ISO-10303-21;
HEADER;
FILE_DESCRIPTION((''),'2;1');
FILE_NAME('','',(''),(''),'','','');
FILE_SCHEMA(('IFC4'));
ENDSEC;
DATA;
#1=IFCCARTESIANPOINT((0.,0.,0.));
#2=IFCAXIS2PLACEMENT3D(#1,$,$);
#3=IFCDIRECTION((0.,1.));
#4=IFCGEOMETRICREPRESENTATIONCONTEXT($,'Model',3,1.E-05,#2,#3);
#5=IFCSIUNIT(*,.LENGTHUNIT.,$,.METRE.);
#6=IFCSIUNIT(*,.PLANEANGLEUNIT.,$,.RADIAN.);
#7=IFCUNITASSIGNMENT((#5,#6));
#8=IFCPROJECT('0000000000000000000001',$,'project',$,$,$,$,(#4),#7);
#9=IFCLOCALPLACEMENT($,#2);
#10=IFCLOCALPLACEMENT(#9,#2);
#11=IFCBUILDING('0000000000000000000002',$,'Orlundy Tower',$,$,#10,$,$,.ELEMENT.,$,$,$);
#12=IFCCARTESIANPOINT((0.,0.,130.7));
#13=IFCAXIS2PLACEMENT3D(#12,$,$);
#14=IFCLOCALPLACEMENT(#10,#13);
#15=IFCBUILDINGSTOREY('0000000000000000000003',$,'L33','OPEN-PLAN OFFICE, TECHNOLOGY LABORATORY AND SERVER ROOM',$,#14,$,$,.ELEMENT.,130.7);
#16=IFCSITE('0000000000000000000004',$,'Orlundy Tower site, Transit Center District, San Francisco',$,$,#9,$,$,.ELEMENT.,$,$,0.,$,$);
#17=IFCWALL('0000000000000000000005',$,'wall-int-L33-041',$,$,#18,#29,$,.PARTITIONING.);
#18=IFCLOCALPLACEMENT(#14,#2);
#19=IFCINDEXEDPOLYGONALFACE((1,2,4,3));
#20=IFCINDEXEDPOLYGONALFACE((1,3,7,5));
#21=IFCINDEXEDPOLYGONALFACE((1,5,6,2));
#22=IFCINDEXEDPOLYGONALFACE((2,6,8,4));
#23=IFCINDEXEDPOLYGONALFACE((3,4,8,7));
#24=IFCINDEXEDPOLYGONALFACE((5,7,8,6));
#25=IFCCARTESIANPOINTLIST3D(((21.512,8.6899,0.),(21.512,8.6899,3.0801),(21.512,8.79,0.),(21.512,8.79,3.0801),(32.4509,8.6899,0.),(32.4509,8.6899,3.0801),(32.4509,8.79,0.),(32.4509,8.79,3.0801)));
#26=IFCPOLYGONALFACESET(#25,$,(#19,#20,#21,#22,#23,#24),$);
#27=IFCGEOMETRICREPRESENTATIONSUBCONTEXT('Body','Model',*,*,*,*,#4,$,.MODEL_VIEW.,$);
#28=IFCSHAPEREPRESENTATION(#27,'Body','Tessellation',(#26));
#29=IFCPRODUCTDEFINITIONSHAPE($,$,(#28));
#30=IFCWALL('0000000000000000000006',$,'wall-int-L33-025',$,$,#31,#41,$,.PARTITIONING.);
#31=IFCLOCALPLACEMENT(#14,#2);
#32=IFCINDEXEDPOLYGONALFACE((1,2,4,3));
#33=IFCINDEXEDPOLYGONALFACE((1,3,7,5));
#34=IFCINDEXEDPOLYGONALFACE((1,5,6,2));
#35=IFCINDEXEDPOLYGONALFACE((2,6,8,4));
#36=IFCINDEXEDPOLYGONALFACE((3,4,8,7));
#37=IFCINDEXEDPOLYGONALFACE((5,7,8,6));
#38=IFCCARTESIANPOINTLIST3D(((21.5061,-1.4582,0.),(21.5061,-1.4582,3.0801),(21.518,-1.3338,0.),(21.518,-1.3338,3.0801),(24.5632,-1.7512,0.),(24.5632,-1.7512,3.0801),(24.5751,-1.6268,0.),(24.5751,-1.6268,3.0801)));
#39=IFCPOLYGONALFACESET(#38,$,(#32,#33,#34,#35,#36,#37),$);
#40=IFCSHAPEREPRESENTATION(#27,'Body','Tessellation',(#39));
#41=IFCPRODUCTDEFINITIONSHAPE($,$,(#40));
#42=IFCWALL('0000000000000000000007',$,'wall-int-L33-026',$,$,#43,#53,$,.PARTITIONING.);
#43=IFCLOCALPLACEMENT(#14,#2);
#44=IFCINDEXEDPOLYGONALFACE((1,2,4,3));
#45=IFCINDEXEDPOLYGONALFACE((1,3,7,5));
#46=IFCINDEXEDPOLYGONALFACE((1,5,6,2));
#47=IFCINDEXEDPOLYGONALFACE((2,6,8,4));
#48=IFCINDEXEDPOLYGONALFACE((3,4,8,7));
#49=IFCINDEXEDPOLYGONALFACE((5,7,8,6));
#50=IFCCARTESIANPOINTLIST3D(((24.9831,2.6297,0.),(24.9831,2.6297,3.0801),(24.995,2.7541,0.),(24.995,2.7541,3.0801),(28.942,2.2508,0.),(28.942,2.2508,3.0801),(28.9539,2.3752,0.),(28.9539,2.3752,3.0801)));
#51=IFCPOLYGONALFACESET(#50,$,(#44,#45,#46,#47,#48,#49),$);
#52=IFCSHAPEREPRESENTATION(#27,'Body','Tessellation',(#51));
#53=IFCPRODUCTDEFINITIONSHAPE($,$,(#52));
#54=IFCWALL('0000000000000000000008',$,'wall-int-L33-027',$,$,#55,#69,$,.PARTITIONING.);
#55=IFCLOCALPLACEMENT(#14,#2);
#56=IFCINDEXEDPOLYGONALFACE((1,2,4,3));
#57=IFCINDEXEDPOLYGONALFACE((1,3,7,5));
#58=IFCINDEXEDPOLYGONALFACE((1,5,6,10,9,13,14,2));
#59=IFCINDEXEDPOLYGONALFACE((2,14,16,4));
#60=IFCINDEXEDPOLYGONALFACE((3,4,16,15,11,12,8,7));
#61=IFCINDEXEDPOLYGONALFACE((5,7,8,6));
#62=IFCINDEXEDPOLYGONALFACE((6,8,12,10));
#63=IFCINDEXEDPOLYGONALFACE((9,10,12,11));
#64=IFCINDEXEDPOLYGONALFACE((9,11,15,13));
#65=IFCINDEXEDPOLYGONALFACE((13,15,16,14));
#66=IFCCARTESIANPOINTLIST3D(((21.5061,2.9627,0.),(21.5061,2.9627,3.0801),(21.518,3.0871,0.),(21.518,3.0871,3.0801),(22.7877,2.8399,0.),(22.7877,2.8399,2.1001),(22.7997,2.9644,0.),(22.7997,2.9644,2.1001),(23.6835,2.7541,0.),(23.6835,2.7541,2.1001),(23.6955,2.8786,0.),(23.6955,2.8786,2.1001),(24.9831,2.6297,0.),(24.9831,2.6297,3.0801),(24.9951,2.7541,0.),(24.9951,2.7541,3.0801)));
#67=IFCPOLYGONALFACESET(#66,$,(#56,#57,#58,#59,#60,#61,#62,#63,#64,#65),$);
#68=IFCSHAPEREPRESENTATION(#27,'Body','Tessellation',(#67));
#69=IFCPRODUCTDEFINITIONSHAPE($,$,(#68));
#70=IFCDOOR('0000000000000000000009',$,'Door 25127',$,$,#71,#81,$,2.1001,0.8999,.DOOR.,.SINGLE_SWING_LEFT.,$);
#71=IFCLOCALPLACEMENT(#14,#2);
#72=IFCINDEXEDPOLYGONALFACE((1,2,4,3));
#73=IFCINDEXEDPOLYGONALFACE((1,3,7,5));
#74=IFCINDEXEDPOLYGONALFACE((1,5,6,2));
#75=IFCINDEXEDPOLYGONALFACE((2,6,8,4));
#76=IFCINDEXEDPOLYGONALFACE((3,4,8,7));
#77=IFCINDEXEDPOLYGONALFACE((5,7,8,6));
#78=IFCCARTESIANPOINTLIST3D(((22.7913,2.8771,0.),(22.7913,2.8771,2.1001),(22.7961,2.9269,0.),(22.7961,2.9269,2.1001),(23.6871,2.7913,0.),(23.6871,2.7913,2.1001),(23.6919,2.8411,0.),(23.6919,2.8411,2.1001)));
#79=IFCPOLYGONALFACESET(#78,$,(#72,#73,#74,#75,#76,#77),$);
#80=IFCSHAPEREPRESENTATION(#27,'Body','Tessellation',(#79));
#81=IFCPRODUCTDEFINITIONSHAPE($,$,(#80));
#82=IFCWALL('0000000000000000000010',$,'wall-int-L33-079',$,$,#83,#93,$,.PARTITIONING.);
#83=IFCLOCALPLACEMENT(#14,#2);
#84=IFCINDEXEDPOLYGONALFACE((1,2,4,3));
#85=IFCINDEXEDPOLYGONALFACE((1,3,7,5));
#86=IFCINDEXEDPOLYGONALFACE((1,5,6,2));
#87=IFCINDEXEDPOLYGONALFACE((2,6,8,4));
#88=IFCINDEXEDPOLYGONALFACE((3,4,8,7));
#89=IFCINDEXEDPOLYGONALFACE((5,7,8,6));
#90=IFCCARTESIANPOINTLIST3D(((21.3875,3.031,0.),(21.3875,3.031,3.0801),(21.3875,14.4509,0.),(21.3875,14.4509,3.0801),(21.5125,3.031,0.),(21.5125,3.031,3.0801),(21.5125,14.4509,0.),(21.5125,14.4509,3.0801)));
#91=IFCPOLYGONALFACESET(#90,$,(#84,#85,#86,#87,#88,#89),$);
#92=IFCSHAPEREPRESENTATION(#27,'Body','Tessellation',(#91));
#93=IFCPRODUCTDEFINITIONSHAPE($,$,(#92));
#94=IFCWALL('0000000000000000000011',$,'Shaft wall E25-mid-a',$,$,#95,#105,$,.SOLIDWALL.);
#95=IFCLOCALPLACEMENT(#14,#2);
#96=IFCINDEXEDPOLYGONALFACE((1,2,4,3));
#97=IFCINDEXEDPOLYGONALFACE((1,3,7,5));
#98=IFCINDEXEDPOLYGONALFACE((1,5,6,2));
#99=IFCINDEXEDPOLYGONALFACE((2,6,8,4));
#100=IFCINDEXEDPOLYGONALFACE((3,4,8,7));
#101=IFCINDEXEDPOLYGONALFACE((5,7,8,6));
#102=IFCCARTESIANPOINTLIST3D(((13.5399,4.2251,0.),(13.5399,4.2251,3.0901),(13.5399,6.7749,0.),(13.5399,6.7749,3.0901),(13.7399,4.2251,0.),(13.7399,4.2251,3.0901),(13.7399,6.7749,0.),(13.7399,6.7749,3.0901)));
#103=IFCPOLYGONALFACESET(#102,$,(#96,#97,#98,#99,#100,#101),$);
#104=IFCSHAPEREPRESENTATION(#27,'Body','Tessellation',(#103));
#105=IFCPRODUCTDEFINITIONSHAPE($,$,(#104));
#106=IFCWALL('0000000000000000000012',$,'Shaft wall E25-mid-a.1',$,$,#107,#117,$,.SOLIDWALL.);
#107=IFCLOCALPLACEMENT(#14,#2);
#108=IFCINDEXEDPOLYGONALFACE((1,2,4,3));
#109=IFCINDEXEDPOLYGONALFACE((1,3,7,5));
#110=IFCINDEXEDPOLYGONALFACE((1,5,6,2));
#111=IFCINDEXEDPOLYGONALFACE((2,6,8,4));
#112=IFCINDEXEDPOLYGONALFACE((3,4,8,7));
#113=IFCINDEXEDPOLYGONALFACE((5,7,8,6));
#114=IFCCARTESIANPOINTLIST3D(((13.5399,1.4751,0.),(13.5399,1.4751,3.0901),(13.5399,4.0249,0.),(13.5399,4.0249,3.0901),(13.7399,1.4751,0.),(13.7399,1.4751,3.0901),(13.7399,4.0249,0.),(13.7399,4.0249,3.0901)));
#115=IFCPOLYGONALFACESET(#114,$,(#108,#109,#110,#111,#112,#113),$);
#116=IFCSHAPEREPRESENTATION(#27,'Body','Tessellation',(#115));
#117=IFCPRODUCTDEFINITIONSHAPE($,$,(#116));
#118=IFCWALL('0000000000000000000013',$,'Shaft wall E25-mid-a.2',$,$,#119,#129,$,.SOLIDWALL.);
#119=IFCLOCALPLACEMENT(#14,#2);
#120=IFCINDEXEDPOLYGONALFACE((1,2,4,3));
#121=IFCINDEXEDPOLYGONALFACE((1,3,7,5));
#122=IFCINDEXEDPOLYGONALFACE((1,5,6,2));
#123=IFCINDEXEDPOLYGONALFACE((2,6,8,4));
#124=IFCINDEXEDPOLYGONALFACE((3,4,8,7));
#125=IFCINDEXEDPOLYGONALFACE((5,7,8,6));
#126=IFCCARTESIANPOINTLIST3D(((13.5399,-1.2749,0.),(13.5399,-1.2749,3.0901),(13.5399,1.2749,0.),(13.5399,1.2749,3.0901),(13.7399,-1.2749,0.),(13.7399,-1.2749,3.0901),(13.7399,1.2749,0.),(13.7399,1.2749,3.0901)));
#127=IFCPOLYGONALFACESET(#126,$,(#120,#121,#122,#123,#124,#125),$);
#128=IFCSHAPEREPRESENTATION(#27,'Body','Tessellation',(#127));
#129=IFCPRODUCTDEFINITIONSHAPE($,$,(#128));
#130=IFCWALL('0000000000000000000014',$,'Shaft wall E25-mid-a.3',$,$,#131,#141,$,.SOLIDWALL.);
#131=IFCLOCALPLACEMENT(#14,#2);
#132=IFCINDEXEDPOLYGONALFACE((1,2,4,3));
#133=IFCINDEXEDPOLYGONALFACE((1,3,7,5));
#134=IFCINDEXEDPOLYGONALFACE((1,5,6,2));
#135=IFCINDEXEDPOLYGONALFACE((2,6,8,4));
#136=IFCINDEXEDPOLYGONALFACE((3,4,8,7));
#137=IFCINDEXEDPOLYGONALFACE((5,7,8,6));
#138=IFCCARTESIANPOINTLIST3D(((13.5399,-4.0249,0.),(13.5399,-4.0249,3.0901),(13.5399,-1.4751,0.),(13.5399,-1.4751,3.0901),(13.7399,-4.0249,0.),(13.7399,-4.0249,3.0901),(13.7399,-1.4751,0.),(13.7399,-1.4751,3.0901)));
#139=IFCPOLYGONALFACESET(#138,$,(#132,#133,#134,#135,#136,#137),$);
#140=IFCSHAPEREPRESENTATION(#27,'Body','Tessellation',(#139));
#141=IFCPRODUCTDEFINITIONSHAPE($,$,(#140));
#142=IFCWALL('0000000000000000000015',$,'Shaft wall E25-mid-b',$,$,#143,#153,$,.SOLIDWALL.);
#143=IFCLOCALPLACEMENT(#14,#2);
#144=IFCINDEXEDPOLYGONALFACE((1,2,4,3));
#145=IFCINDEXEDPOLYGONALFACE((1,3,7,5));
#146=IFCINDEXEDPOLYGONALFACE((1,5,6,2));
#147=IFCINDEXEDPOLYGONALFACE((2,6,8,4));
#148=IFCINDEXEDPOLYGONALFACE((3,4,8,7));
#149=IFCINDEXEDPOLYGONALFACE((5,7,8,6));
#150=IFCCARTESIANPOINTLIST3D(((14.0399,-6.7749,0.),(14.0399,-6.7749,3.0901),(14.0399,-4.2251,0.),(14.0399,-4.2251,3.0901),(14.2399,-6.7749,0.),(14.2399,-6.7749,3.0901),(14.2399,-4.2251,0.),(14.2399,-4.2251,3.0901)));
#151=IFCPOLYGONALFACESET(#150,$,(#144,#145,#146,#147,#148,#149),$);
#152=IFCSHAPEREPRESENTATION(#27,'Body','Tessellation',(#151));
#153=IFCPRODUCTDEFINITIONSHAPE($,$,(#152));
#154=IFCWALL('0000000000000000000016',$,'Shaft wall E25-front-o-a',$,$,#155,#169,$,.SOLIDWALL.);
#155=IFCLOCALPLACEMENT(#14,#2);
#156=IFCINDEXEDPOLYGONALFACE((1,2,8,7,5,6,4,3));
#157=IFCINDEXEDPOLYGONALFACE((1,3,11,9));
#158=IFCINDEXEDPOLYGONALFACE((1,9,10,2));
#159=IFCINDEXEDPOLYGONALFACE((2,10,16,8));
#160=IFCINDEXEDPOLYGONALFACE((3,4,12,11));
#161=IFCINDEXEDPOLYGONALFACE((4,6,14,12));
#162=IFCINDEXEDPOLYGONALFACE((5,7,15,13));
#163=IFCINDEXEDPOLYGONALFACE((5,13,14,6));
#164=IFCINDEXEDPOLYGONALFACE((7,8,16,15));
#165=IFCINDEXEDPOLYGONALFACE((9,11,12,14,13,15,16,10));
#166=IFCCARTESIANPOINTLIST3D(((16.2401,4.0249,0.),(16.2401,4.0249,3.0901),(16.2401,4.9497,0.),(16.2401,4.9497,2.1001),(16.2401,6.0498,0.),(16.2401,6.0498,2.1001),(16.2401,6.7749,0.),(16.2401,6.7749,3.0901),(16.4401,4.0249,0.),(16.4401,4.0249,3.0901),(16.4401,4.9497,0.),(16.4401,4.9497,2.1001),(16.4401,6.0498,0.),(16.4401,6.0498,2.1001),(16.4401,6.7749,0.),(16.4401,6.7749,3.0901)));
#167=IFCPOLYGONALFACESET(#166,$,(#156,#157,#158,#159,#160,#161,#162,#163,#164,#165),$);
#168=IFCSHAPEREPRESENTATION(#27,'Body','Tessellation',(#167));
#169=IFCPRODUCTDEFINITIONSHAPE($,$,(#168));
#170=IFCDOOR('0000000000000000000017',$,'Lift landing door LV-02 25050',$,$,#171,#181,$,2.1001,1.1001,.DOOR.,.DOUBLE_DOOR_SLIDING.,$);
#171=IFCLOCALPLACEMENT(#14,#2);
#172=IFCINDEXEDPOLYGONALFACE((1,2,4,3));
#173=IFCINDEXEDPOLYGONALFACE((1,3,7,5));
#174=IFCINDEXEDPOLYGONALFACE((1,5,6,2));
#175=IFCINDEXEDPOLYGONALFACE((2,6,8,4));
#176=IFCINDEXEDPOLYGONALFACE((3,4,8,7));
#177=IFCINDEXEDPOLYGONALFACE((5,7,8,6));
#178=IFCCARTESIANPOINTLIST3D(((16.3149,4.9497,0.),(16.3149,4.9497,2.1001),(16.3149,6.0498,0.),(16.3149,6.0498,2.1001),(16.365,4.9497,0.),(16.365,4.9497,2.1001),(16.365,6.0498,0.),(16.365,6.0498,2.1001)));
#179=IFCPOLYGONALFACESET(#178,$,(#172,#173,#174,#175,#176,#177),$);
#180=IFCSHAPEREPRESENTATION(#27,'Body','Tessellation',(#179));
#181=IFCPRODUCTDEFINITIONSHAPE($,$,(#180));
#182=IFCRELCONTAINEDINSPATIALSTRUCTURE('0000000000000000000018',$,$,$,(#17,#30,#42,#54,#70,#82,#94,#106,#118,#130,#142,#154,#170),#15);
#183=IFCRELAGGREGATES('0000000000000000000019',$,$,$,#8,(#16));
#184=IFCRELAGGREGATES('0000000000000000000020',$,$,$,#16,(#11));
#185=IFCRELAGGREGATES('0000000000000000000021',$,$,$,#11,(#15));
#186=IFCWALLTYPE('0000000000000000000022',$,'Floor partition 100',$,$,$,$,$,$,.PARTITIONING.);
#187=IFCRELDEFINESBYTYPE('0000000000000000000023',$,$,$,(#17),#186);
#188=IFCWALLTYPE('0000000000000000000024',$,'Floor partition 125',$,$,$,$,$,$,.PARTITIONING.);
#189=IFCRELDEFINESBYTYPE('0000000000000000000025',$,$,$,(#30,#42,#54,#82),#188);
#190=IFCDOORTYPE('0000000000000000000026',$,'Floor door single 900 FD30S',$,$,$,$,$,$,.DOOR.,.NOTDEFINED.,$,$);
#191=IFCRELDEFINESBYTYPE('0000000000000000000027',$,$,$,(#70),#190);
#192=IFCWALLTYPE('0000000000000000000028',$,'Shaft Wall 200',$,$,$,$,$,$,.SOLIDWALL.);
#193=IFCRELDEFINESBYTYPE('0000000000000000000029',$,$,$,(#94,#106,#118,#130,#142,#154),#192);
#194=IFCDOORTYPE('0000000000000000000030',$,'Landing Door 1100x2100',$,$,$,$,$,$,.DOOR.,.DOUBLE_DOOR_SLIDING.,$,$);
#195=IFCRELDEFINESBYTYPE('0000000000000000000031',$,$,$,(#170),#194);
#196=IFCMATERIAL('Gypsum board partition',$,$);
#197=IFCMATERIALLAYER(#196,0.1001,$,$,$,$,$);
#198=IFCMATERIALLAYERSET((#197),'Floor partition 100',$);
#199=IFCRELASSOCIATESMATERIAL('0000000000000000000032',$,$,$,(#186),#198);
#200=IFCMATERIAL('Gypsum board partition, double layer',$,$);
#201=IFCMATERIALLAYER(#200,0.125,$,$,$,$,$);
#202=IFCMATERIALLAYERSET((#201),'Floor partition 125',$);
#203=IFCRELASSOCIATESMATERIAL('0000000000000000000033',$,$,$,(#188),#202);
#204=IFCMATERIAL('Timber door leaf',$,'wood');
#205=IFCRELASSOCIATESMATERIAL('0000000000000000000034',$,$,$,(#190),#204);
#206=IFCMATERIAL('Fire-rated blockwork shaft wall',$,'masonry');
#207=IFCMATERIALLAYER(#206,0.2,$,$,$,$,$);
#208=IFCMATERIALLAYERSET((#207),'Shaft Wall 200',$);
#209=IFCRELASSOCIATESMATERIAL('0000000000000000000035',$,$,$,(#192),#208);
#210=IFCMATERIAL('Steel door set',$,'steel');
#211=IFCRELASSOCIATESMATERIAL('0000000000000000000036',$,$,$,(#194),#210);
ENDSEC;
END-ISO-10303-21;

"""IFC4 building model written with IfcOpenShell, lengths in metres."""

from ifc_helpers import new_model, si_unit, direction, frame, frame_2d, origin, place, context, subcontext, project, spatial, rectangle, extrude, material, layer, layer_set, type_object, element, fill, save


model = new_model("IFC4")

# Units and contexts
model_context = context("Model", 3, precision=1e-05, world=origin(), true_north=direction((0.0, 1.0)))
body_context = subcontext(model_context, "Body", "Model", "MODEL_VIEW")
ifc_project = project(units=[si_unit("LENGTHUNIT", "METRE"), si_unit("PLANEANGLEUNIT", "RADIAN")], contexts=[model_context])

# Site, building, storey
site_placement = place(None, origin())
site = spatial("IfcSite", under=ifc_project, at=site_placement, Name="Orlundy Tower site, Transit Center District, San Francisco", CompositionType="ELEMENT", RefElevation=0.0)
building_placement = place(site_placement, origin())
building = spatial("IfcBuilding", under=site, at=building_placement, Name="Orlundy Tower", CompositionType="ELEMENT")
storey_placement = place(building_placement, frame((0.0, 0.0, 130.7)))
storey = spatial("IfcBuildingStorey", under=building, at=storey_placement, Name="L33", Description="OPEN-PLAN OFFICE, TECHNOLOGY LABORATORY AND SERVER ROOM", CompositionType="ELEMENT", Elevation=130.7)

# Walls
ifc_material_1 = material(Name="Gypsum board partition")
ifc_layer_1 = layer(ifc_material_1, 0.1001)
ifc_layer_set_1 = layer_set([ifc_layer_1], Name="Floor partition 100")
wall_type_1 = type_object("IfcWallType", Name="Floor partition 100", PredefinedType="PARTITIONING", material=ifc_layer_set_1)
wall_1_placement = place(storey_placement, frame((21.512, 8.74, 0.0), z_axis=(0.0, 0.0, 1.0), x_axis=(1.0, 0.0, 0.0)))
element("IfcWall", 1, at=wall_1_placement, inside=storey, type_object=wall_type_1, Name="wall-int-L33-041", PredefinedType="PARTITIONING", context=body_context, shape_type="SweptSolid", body=[
    extrude(rectangle(XDim=10.939, YDim=0.1001, at=frame_2d((5.4695, 0.0))), origin(), (0.0, 0.0, 1.0), 3.0801),
])
ifc_material_2 = material(Name="Gypsum board partition, double layer")
ifc_layer_2 = layer(ifc_material_2, 0.125)
ifc_layer_set_2 = layer_set([ifc_layer_2], Name="Floor partition 125")
wall_type_2 = type_object("IfcWallType", Name="Floor partition 125", PredefinedType="PARTITIONING", material=ifc_layer_set_2)
wall_2_placement = place(storey_placement, frame((21.512, -1.396, 0.0), z_axis=(0.0, 0.0, 1.0), x_axis=(0.99544, -0.095394, 0.0)))
element("IfcWall", 2, at=wall_2_placement, inside=storey, type_object=wall_type_2, Name="wall-int-L33-025", PredefinedType="PARTITIONING", context=body_context, shape_type="SweptSolid", body=[
    extrude(rectangle(XDim=3.071, YDim=0.125, at=frame_2d((1.5356, 0.0))), origin(), (0.0, 0.0, 1.0), 3.0801),
])
wall_3_placement = place(storey_placement, frame((24.989, 2.6919, 0.0), z_axis=(0.0, 0.0, 1.0), x_axis=(0.995451, -0.095273, 0.0)))
element("IfcWall", 3, at=wall_3_placement, inside=storey, type_object=wall_type_2, Name="wall-int-L33-026", PredefinedType="PARTITIONING", context=body_context, shape_type="SweptSolid", body=[
    extrude(rectangle(XDim=3.9771, YDim=0.125, at=frame_2d((1.9885, 0.0))), origin(), (0.0, 0.0, 1.0), 3.0801),
])

# Wall, opening, door
wall_4_placement = place(storey_placement, frame((21.512, 3.0249, 0.0), z_axis=(0.0, 0.0, 1.0), x_axis=(0.995445, -0.095337, 0.0)))
wall_4 = element("IfcWall", 4, at=wall_4_placement, inside=storey, type_object=wall_type_2, Name="wall-int-L33-027", PredefinedType="PARTITIONING", context=body_context, shape_type="SweptSolid", body=[
    extrude(rectangle(XDim=3.4929, YDim=0.125, at=frame_2d((1.7466, 0.0))), origin(), (0.0, 0.0, 1.0), 3.0801),
])
opening_1_placement = place(wall_4_placement, frame((1.2876, 0.0, 0.0)))
opening_1 = element("IfcOpeningElement", 5, at=opening_1_placement, cuts=wall_4, PredefinedType="OPENING", context=body_context, shape_type="SweptSolid", body=[
    extrude(rectangle(XDim=0.8999, YDim=2.1001, at=frame_2d((0.45, 1.05))), frame((0.0, 0.0725, 0.0), z_axis=(0.0, -1.0, 0.0), x_axis=(1.0, 0.0, 0.0)), (0.0, 0.0, 1.0), 0.145),
])
ifc_material_3 = material(Name="Timber door leaf", Category="wood")
door_type_1 = type_object("IfcDoorType", Name="Floor door single 900 FD30S", OperationType="NOTDEFINED", PredefinedType="DOOR", material=ifc_material_3)
door_1_placement = place(opening_1_placement, origin())
door_1 = element("IfcDoor", 6, at=door_1_placement, inside=storey, type_object=door_type_1, Name="Door 25127", OperationType="SINGLE_SWING_LEFT", OverallHeight=2.1001, OverallWidth=0.8999, PredefinedType="DOOR", context=body_context, shape_type="SweptSolid", body=[
    extrude(rectangle(XDim=0.8999, YDim=2.1001, at=frame_2d((0.45, 1.05))), frame((0.0, 0.0249, 0.0), z_axis=(0.0, -1.0, 0.0), x_axis=(1.0, 0.0, 0.0)), (0.0, 0.0, 1.0), 0.05),
])
fill(opening_1, door_1)

# Walls
wall_5_placement = place(storey_placement, frame((21.45, 3.031, 0.0), z_axis=(0.0, 0.0, 1.0), x_axis=(0.0, 1.0, 0.0)))
element("IfcWall", 7, at=wall_5_placement, inside=storey, type_object=wall_type_2, Name="wall-int-L33-079", PredefinedType="PARTITIONING", context=body_context, shape_type="SweptSolid", body=[
    extrude(rectangle(XDim=11.4199, YDim=0.125, at=frame_2d((5.71, 0.0))), origin(), (0.0, 0.0, 1.0), 3.0801),
])
ifc_material_4 = material(Name="Fire-rated blockwork shaft wall", Category="masonry")
ifc_layer_3 = layer(ifc_material_4, 0.2)
ifc_layer_set_3 = layer_set([ifc_layer_3], Name="Shaft Wall 200")
wall_type_3 = type_object("IfcWallType", Name="Shaft Wall 200", PredefinedType="SOLIDWALL", material=ifc_layer_set_3)
for number, where, z_axis, x_axis, name in (
    (8, (13.6399, 6.7749, 0.0), (0.0, 0.0, 1.0), (0.0, -1.0, 0.0), "Shaft wall E25-mid-a"),
    (9, (13.6399, 4.0249, 0.0), (0.0, 0.0, 1.0), (0.0, -1.0, 0.0), "Shaft wall E25-mid-a.1"),
    (10, (13.6399, 1.2749, 0.0), (0.0, 0.0, 1.0), (0.0, -1.0, 0.0), "Shaft wall E25-mid-a.2"),
    (11, (13.6399, -1.4751, 0.0), (0.0, 0.0, 1.0), (0.0, -1.0, 0.0), "Shaft wall E25-mid-a.3"),
    (12, (14.1399, -4.2251, 0.0), (0.0, 0.0, 1.0), (0.0, -1.0, 0.0), "Shaft wall E25-mid-b"),
):
    element("IfcWall", number, at=place(storey_placement, frame(where, z_axis=z_axis, x_axis=x_axis)), inside=storey, type_object=wall_type_3, Name=name, PredefinedType="SOLIDWALL", context=body_context, shape_type="SweptSolid", body=[
        extrude(rectangle(XDim=2.5498, YDim=0.2, at=frame_2d((1.2749, 0.0))), origin(), (0.0, 0.0, 1.0), 3.0901),
    ])

# Wall, opening, door
wall_6_placement = place(storey_placement, frame((16.3401, 6.7749, 0.0), z_axis=(0.0, 0.0, 1.0), x_axis=(0.0, -1.0, 0.0)))
wall_6 = element("IfcWall", 13, at=wall_6_placement, inside=storey, type_object=wall_type_3, Name="Shaft wall E25-front-o-a", PredefinedType="SOLIDWALL", context=body_context, shape_type="SweptSolid", body=[
    extrude(rectangle(XDim=2.75, YDim=0.2, at=frame_2d((1.375, 0.0))), origin(), (0.0, 0.0, 1.0), 3.0901),
])
opening_2_placement = place(wall_6_placement, frame((0.7251, 0.0, 0.0)))
opening_2 = element("IfcOpeningElement", 14, at=opening_2_placement, cuts=wall_6, PredefinedType="OPENING", context=body_context, shape_type="SweptSolid", body=[
    extrude(rectangle(XDim=1.1001, YDim=2.1001, at=frame_2d((0.55, 1.05))), frame((0.0, 0.1101, 0.0), z_axis=(0.0, -1.0, 0.0), x_axis=(1.0, 0.0, 0.0)), (0.0, 0.0, 1.0), 0.2202),
])
ifc_material_5 = material(Name="Steel door set", Category="steel")
door_type_2 = type_object("IfcDoorType", Name="Landing Door 1100x2100", OperationType="DOUBLE_DOOR_SLIDING", PredefinedType="DOOR", material=ifc_material_5)
door_2_placement = place(opening_2_placement, origin())
door_2 = element("IfcDoor", 15, at=door_2_placement, inside=storey, type_object=door_type_2, Name="Lift landing door LV-02 25050", OperationType="DOUBLE_DOOR_SLIDING", OverallHeight=2.1001, OverallWidth=1.1001, PredefinedType="DOOR", context=body_context, shape_type="SweptSolid", body=[
    extrude(rectangle(XDim=1.1001, YDim=2.1001, at=frame_2d((0.55, 1.05))), frame((0.0, 0.0249, 0.0), z_axis=(0.0, -1.0, 0.0), x_axis=(1.0, 0.0, 0.0)), (0.0, 0.0, 1.0), 0.05),
])
fill(opening_2, door_2)

save(model, "model.ifc")
